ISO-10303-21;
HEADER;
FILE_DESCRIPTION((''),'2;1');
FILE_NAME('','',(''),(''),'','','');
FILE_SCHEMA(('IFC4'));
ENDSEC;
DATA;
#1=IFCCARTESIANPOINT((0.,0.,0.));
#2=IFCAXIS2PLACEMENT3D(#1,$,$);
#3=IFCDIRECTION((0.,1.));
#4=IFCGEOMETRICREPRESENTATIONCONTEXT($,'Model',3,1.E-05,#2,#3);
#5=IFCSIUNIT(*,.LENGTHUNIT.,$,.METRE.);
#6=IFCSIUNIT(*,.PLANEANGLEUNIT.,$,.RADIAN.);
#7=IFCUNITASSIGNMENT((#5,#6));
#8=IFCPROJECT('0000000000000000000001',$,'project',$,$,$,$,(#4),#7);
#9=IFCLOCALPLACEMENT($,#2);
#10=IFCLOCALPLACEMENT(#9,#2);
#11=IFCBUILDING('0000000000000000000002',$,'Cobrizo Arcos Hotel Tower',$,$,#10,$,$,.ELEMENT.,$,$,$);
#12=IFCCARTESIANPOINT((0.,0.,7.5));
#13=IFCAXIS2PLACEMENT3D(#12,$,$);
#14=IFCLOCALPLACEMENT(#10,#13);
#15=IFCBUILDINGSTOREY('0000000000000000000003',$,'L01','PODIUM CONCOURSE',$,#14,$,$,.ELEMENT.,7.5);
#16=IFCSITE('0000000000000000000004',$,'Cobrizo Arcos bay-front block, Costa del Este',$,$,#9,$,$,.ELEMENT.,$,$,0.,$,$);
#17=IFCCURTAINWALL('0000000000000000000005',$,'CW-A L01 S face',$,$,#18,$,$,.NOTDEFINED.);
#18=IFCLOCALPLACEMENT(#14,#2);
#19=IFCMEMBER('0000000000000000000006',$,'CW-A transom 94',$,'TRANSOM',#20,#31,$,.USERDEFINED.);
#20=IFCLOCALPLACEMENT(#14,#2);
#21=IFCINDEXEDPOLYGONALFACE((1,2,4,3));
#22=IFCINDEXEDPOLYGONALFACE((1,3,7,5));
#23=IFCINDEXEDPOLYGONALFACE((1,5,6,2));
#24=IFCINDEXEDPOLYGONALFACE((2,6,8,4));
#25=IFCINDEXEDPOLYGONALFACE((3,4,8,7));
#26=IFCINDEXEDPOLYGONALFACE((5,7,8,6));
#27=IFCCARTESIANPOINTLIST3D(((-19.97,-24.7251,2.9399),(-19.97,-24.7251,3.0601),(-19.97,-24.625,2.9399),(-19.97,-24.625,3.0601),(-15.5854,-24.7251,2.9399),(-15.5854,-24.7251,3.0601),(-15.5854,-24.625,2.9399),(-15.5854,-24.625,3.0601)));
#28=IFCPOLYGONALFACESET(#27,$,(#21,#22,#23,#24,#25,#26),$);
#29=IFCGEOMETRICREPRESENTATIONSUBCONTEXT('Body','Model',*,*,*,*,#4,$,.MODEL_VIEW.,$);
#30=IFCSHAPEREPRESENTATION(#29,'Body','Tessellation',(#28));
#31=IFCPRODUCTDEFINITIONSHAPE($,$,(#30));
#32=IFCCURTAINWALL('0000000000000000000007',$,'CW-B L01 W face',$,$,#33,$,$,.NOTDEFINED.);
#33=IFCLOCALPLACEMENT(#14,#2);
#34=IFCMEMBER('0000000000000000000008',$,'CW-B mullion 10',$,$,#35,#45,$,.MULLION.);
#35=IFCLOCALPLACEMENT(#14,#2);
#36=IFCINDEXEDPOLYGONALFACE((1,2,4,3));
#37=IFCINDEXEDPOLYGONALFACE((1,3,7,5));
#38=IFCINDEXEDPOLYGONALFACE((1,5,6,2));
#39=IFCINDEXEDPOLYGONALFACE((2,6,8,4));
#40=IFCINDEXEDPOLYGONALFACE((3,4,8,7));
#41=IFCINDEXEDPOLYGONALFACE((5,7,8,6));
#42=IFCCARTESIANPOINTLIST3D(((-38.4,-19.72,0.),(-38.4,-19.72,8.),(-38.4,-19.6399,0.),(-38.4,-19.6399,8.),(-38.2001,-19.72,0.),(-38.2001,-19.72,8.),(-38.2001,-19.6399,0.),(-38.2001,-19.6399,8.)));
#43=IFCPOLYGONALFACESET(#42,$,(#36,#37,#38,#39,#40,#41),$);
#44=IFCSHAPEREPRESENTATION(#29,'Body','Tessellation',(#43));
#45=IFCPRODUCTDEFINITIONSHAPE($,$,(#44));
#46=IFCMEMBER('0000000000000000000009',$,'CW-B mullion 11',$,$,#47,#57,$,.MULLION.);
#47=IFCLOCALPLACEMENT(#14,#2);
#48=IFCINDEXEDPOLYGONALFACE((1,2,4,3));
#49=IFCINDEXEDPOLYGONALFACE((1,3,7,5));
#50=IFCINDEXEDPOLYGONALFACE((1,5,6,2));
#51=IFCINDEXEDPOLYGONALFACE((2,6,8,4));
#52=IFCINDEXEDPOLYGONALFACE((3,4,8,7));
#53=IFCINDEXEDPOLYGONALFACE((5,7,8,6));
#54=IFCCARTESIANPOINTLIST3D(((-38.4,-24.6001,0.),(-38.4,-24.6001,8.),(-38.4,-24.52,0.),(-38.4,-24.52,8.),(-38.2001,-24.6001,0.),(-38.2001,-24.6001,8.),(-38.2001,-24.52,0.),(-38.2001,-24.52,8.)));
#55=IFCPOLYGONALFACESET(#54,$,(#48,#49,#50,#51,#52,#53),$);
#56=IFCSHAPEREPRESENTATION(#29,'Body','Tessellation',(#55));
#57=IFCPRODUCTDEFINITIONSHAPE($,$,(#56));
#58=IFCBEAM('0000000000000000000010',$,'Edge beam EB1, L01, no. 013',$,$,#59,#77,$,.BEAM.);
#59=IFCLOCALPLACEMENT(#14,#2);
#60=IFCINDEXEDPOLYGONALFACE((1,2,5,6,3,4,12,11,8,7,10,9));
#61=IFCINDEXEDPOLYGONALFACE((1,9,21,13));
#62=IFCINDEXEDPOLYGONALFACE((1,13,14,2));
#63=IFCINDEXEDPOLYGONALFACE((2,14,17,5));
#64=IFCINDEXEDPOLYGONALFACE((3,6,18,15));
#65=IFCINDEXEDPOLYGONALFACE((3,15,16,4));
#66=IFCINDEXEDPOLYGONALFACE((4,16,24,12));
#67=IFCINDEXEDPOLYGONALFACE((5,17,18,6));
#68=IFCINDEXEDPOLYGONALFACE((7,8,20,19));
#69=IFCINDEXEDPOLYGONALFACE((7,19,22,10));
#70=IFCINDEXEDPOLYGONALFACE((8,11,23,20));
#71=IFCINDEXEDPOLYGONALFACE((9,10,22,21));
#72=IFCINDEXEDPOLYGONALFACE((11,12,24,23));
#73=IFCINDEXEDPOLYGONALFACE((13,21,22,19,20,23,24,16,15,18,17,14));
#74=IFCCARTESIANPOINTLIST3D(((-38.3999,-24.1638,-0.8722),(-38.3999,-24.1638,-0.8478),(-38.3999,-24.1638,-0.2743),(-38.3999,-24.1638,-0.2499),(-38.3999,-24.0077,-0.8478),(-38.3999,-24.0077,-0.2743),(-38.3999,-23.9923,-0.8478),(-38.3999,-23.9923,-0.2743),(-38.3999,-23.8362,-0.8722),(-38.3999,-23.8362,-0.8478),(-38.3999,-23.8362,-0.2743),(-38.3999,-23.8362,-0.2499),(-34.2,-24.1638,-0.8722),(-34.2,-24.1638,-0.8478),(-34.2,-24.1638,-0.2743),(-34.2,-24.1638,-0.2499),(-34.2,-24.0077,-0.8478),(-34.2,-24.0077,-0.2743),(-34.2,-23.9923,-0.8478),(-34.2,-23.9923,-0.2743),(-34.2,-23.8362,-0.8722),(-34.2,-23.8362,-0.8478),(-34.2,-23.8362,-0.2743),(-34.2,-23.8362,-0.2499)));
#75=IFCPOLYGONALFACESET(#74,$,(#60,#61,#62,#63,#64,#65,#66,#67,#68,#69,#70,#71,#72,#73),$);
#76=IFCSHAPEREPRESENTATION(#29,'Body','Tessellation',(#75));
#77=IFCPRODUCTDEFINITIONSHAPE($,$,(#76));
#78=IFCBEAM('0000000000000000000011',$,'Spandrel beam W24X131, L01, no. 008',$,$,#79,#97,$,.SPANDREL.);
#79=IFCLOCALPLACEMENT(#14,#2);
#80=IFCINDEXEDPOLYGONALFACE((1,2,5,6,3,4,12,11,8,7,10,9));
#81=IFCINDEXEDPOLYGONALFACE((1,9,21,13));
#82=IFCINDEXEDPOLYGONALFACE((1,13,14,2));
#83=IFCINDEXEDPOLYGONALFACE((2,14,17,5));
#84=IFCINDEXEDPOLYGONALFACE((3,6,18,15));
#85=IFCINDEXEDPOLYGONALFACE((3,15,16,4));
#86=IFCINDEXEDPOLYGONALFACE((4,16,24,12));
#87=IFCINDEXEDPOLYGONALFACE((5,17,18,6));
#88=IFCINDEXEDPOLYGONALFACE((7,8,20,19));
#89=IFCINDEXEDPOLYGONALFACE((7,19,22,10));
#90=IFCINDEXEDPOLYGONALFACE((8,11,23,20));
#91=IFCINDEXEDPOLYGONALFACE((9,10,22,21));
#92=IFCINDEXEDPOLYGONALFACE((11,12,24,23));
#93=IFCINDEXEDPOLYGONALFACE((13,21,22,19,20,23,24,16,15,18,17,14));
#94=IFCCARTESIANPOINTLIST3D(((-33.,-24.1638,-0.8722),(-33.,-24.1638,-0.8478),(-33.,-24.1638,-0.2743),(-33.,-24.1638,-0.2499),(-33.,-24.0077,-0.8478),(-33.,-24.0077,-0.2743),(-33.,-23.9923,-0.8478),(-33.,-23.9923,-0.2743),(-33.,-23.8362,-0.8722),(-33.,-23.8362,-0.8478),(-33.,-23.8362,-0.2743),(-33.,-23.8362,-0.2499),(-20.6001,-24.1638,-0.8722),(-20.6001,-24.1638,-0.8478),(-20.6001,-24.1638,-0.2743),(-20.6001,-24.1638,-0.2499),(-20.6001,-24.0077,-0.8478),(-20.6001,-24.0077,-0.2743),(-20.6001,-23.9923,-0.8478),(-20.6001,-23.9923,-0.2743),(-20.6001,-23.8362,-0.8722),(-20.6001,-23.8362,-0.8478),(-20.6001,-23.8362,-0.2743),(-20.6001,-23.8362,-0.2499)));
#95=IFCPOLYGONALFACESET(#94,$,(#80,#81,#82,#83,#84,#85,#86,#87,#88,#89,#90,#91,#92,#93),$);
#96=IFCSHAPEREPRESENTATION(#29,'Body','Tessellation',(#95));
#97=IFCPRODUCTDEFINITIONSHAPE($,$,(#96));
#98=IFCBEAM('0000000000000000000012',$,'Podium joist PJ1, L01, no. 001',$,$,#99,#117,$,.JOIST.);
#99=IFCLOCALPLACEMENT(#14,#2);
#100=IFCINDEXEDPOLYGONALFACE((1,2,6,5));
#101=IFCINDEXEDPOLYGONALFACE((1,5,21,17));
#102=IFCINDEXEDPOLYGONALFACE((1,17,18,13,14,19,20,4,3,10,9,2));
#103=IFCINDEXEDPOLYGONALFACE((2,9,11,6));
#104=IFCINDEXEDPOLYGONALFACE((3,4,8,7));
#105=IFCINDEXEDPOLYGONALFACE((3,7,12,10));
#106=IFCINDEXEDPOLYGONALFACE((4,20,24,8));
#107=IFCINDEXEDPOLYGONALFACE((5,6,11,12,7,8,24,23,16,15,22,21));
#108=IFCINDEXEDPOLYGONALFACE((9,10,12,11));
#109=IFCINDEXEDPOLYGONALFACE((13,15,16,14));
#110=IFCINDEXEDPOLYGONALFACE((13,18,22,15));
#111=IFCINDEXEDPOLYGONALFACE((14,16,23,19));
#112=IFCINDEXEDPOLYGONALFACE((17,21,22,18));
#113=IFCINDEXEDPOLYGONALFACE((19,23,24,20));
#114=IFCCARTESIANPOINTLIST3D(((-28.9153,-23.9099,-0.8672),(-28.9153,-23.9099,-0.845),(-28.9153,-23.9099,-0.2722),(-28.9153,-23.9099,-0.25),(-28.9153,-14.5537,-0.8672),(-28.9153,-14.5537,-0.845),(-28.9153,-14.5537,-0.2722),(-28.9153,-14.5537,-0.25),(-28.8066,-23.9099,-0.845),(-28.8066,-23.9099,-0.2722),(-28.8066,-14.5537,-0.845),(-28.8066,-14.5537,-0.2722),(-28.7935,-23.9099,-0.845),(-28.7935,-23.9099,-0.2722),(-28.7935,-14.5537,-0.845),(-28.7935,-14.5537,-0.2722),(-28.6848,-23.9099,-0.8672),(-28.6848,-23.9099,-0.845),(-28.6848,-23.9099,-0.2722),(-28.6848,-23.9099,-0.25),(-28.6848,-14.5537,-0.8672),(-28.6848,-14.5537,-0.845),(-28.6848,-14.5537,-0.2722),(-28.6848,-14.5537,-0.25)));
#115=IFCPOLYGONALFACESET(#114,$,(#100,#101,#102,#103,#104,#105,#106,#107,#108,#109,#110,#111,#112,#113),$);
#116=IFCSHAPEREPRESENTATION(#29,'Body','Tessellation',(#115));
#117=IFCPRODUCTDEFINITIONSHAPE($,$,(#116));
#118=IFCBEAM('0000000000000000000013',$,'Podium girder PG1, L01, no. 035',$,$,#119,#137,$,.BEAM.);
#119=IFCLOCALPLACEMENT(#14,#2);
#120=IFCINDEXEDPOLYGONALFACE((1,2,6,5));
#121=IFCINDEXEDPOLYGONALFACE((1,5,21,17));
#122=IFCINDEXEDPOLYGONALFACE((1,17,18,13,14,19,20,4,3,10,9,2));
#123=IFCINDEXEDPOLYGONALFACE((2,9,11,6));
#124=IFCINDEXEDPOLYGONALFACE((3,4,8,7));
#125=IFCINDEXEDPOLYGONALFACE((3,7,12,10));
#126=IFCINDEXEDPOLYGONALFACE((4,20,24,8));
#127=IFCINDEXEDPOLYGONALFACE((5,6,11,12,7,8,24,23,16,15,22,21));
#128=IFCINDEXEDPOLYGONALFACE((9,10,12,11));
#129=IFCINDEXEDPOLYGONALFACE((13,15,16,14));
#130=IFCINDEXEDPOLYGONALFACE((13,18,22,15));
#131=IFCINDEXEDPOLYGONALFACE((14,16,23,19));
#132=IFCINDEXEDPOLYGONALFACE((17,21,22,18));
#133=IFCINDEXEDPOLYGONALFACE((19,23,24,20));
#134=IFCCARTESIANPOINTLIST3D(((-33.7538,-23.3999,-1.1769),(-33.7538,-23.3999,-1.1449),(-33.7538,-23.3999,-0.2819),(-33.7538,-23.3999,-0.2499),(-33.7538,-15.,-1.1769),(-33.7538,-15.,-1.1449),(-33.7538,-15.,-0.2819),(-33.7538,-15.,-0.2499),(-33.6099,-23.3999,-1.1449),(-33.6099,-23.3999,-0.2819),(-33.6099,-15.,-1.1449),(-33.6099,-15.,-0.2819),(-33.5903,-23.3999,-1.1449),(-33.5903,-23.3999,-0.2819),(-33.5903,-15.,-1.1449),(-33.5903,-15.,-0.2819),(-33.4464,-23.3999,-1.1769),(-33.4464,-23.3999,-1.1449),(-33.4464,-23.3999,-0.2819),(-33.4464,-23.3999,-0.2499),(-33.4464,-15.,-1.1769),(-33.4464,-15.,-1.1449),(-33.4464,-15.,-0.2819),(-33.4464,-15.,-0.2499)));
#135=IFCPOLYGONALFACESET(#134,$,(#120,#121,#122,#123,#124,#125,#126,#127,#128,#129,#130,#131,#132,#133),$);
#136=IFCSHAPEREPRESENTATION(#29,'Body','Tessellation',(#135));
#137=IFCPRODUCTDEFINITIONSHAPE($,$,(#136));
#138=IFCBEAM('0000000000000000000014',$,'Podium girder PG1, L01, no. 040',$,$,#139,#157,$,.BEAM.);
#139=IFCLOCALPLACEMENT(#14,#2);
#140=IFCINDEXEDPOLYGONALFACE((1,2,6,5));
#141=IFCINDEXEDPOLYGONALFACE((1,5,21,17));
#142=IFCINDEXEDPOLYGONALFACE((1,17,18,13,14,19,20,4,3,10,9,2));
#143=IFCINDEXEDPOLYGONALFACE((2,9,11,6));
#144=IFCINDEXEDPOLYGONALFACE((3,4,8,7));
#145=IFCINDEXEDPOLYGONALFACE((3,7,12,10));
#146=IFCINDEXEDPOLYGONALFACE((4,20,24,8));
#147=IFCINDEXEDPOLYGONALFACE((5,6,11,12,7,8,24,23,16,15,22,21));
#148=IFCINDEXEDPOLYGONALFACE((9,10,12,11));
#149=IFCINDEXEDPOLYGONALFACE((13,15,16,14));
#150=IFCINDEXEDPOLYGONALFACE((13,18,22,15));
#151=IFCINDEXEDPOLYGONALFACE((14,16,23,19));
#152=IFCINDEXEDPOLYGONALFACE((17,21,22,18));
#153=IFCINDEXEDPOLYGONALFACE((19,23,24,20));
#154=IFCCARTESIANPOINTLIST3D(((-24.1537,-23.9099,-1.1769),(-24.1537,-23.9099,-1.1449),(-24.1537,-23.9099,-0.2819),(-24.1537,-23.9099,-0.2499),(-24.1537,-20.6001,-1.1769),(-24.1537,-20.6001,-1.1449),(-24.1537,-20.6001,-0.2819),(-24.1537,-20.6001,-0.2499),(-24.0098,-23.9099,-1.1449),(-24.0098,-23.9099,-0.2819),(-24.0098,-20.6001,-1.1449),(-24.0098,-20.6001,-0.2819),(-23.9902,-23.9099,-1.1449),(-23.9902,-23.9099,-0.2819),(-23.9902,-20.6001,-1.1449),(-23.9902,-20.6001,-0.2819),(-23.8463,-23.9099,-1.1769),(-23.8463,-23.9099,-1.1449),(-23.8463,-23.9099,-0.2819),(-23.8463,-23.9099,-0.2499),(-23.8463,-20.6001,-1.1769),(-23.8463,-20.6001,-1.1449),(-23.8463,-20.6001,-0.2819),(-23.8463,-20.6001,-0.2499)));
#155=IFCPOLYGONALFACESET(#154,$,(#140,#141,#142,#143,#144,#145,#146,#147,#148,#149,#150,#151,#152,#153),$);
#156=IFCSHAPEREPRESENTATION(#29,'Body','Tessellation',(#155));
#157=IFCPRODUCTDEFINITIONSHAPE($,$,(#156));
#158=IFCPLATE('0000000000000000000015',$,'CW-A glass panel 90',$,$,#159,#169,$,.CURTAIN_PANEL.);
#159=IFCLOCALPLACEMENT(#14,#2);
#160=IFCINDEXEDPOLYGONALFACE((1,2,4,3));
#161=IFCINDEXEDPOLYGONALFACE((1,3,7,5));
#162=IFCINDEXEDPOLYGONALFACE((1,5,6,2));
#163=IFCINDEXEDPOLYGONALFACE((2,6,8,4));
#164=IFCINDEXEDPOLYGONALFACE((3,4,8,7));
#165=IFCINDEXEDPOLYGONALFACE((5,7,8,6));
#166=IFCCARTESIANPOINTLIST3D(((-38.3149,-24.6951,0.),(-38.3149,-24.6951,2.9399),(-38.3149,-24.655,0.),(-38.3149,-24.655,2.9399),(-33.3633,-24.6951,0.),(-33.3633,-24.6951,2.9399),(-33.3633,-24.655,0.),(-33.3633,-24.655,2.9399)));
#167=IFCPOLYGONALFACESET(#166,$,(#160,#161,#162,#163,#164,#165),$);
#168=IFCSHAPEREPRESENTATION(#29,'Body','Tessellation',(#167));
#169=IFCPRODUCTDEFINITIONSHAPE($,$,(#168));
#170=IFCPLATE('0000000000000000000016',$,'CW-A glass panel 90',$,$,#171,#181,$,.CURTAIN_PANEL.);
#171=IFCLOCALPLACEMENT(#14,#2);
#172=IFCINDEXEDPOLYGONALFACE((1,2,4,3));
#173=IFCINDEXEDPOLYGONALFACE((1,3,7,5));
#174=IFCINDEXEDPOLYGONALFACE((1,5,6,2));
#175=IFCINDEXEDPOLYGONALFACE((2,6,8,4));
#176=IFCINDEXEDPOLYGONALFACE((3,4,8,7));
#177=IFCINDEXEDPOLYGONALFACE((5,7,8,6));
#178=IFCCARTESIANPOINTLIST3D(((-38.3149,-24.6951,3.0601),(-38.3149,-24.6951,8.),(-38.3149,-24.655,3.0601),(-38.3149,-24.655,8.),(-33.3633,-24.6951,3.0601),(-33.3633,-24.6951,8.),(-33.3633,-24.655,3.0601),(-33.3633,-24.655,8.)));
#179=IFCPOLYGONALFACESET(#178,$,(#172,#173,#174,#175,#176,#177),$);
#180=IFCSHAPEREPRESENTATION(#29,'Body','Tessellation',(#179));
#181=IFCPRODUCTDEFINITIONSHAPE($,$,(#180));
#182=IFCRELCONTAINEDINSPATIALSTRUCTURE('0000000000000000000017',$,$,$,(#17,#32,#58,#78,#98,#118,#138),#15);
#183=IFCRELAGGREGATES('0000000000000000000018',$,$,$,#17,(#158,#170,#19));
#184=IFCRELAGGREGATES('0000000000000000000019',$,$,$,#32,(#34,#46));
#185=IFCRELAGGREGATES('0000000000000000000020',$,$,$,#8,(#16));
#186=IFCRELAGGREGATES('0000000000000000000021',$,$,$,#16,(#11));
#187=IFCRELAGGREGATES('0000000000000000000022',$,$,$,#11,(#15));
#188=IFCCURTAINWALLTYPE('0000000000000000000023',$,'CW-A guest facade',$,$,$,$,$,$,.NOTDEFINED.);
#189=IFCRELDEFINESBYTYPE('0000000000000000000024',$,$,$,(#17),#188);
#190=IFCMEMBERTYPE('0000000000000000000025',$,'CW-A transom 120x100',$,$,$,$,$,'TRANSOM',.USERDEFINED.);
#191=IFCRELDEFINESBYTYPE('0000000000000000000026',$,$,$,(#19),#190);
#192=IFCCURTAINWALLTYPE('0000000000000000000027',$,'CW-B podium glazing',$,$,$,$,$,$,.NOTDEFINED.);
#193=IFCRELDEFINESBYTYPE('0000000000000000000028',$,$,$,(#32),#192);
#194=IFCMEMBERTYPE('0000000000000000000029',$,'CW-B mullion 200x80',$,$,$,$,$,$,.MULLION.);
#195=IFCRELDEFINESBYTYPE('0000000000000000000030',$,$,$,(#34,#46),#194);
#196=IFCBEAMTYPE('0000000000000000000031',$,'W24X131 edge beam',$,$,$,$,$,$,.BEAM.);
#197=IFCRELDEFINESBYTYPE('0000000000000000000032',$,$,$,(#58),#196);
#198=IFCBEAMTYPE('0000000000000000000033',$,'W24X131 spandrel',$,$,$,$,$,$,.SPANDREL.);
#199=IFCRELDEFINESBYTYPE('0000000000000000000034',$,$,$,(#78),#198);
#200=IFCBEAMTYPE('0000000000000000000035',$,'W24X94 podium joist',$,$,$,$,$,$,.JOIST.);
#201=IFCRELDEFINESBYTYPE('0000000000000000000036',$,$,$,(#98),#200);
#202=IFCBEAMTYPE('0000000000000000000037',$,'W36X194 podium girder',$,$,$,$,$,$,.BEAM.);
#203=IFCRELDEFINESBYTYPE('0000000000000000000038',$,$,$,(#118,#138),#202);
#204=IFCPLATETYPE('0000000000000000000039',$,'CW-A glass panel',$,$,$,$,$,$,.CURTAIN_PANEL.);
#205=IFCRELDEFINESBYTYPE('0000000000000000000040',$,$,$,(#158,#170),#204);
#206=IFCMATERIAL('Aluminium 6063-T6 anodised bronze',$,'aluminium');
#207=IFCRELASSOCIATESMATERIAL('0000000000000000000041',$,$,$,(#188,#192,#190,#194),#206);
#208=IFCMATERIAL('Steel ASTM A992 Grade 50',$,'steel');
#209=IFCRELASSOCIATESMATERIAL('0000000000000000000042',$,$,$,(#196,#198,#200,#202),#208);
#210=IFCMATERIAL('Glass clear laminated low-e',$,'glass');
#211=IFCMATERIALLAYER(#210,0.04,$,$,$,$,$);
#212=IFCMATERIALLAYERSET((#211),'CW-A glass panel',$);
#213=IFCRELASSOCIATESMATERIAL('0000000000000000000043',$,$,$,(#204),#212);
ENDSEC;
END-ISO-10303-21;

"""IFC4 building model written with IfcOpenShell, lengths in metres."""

from ifc_helpers import new_model, si_unit, direction, frame, origin, origin_2d, place, context, subcontext, project, spatial, rectangle, i_section, extrude, material, layer, layer_set, material_profile, profile_set, type_object, element, aggregate, save


model = new_model("IFC4")

# Units and contexts
model_context = context("Model", 3, precision=1e-05, world=origin(), true_north=direction((0.0, 1.0)))
body_context = subcontext(model_context, "Body", "Model", "MODEL_VIEW")
ifc_project = project(units=[si_unit("LENGTHUNIT", "METRE"), si_unit("PLANEANGLEUNIT", "RADIAN")], contexts=[model_context])

# Site, building, storey
site_placement = place(None, origin())
site = spatial("IfcSite", under=ifc_project, at=site_placement, Name="Cobrizo Arcos bay-front block, Costa del Este", CompositionType="ELEMENT", RefElevation=0.0)
building_placement = place(site_placement, origin())
building = spatial("IfcBuilding", under=site, at=building_placement, Name="Cobrizo Arcos Hotel Tower", CompositionType="ELEMENT")
storey_placement = place(building_placement, frame((0.0, 0.0, 7.5)))
storey = spatial("IfcBuildingStorey", under=building, at=storey_placement, Name="L01", Description="PODIUM CONCOURSE", CompositionType="ELEMENT", Elevation=7.5)

# Curtain walls, members
ifc_material_1 = material(Name="Aluminium 6063-T6 anodised bronze", Category="aluminium")
curtain_wall_type_1 = type_object("IfcCurtainWallType", Name="CW-A guest facade", PredefinedType="NOTDEFINED", material=ifc_material_1)
curtain_wall_1_placement = place(storey_placement, origin())
curtain_wall_1 = element("IfcCurtainWall", 1, at=curtain_wall_1_placement, inside=storey, type_object=curtain_wall_type_1, Name="CW-A L01 S face", PredefinedType="NOTDEFINED")
ifc_material_profile_1 = material_profile(ifc_material_1, rectangle(XDim=0.1001, YDim=0.1201, at=origin_2d()), Name="CW-A transom 120x100")
ifc_profile_set_1 = profile_set([ifc_material_profile_1], Name="Aluminium 6063-T6 anodised bronze")
member_type_1 = type_object("IfcMemberType", Name="CW-A transom 120x100", ElementType="TRANSOM", PredefinedType="USERDEFINED", material=ifc_profile_set_1)
member_1_placement = place(storey_placement, frame((-19.97, -24.675, 3.0), z_axis=(1.0, 0.0, 0.0), x_axis=(0.0, 1.0, 0.0)))
member_1 = element("IfcMember", 2, at=member_1_placement, type_object=member_type_1, Name="CW-A transom 94", ObjectType="TRANSOM", PredefinedType="USERDEFINED", context=body_context, shape_type="SweptSolid", body=[
    extrude(rectangle(XDim=0.1001, YDim=0.1201, at=origin_2d()), origin(), (0.0, 0.0, 1.0), 4.3845),
])
curtain_wall_type_2 = type_object("IfcCurtainWallType", Name="CW-B podium glazing", PredefinedType="NOTDEFINED", material=ifc_material_1)
curtain_wall_2_placement = place(storey_placement, origin())
curtain_wall_2 = element("IfcCurtainWall", 3, at=curtain_wall_2_placement, inside=storey, type_object=curtain_wall_type_2, Name="CW-B L01 W face", PredefinedType="NOTDEFINED")
ifc_material_profile_2 = material_profile(ifc_material_1, rectangle(XDim=0.2, YDim=0.0801, at=origin_2d()), Name="CW-B mullion 200x80")
ifc_profile_set_2 = profile_set([ifc_material_profile_2], Name="Aluminium 6063-T6 anodised bronze")
member_type_2 = type_object("IfcMemberType", Name="CW-B mullion 200x80", PredefinedType="MULLION", material=ifc_profile_set_2)
member_2_placement = place(storey_placement, frame((-38.3, -19.6799, 0.0), z_axis=(0.0, 0.0, 1.0), x_axis=(-1.0, 0.0, 0.0)))
member_2 = element("IfcMember", 4, at=member_2_placement, type_object=member_type_2, Name="CW-B mullion 10", PredefinedType="MULLION", context=body_context, shape_type="SweptSolid", body=[
    extrude(rectangle(XDim=0.2, YDim=0.0801, at=origin_2d()), origin(), (0.0, 0.0, 1.0), 8.0),
])
member_3_placement = place(storey_placement, frame((-38.3, -24.5601, 0.0), z_axis=(0.0, 0.0, 1.0), x_axis=(-1.0, 0.0, 0.0)))
member_3 = element("IfcMember", 5, at=member_3_placement, type_object=member_type_2, Name="CW-B mullion 11", PredefinedType="MULLION", context=body_context, shape_type="SweptSolid", body=[
    extrude(rectangle(XDim=0.2, YDim=0.0801, at=origin_2d()), origin(), (0.0, 0.0, 1.0), 8.0),
])

# Beams
ifc_material_2 = material(Name="Steel ASTM A992 Grade 50", Category="steel")
ifc_material_profile_3 = material_profile(ifc_material_2, i_section(OverallWidth=0.3276, OverallDepth=0.6223, WebThickness=0.0154, FlangeThickness=0.0244, at=origin_2d()), Name="W24X131")
ifc_profile_set_3 = profile_set([ifc_material_profile_3], Name="Steel ASTM A992 Grade 50")
beam_type_1 = type_object("IfcBeamType", Name="W24X131 edge beam", PredefinedType="BEAM", material=ifc_profile_set_3)
beam_1_placement = place(storey_placement, frame((-38.3999, -24.0, -0.561), z_axis=(1.0, 0.0, 0.0), x_axis=(0.0, 1.0, 0.0)))
element("IfcBeam", 6, at=beam_1_placement, inside=storey, type_object=beam_type_1, Name="Edge beam EB1, L01, no. 013", PredefinedType="BEAM", context=body_context, shape_type="SweptSolid", body=[
    extrude(i_section(OverallWidth=0.3276, OverallDepth=0.6223, WebThickness=0.0154, FlangeThickness=0.0244, at=origin_2d()), origin(), (0.0, 0.0, 1.0), 4.2),
])
ifc_material_profile_4 = material_profile(ifc_material_2, i_section(OverallWidth=0.3276, OverallDepth=0.6223, WebThickness=0.0154, FlangeThickness=0.0244, at=origin_2d()), Name="W24X131")
ifc_profile_set_4 = profile_set([ifc_material_profile_4], Name="Steel ASTM A992 Grade 50")
beam_type_2 = type_object("IfcBeamType", Name="W24X131 spandrel", PredefinedType="SPANDREL", material=ifc_profile_set_4)
beam_2_placement = place(storey_placement, frame((-33.0, -24.0, -0.561), z_axis=(1.0, 0.0, 0.0), x_axis=(0.0, 1.0, 0.0)))
element("IfcBeam", 7, at=beam_2_placement, inside=storey, type_object=beam_type_2, Name="Spandrel beam W24X131, L01, no. 008", PredefinedType="SPANDREL", context=body_context, shape_type="SweptSolid", body=[
    extrude(i_section(OverallWidth=0.3276, OverallDepth=0.6223, WebThickness=0.0154, FlangeThickness=0.0244, at=origin_2d()), origin(), (0.0, 0.0, 1.0), 12.3999),
])
ifc_material_profile_5 = material_profile(ifc_material_2, i_section(OverallWidth=0.2305, OverallDepth=0.6172, WebThickness=0.0132, FlangeThickness=0.0222, at=origin_2d()), Name="W24X94")
ifc_profile_set_5 = profile_set([ifc_material_profile_5], Name="Steel ASTM A992 Grade 50")
beam_type_3 = type_object("IfcBeamType", Name="W24X94 podium joist", PredefinedType="JOIST", material=ifc_profile_set_5)
beam_3_placement = place(storey_placement, frame((-28.8, -23.9099, -0.5586), z_axis=(0.0, 1.0, 0.0), x_axis=(-1.0, 0.0, 0.0)))
element("IfcBeam", 8, at=beam_3_placement, inside=storey, type_object=beam_type_3, Name="Podium joist PJ1, L01, no. 001", PredefinedType="JOIST", context=body_context, shape_type="SweptSolid", body=[
    extrude(i_section(OverallWidth=0.2305, OverallDepth=0.6172, WebThickness=0.0132, FlangeThickness=0.0222, at=origin_2d()), origin(), (0.0, 0.0, 1.0), 9.3562),
])
ifc_material_profile_6 = material_profile(ifc_material_2, i_section(OverallWidth=0.3074, OverallDepth=0.927, WebThickness=0.0195, FlangeThickness=0.032, at=origin_2d()), Name="W36X194")
ifc_profile_set_6 = profile_set([ifc_material_profile_6], Name="Steel ASTM A992 Grade 50")
beam_type_4 = type_object("IfcBeamType", Name="W36X194 podium girder", PredefinedType="BEAM", material=ifc_profile_set_6)
beam_4_placement = place(storey_placement, frame((-33.6001, -23.3999, -0.7134), z_axis=(0.0, 1.0, 0.0), x_axis=(-1.0, 0.0, 0.0)))
element("IfcBeam", 9, at=beam_4_placement, inside=storey, type_object=beam_type_4, Name="Podium girder PG1, L01, no. 035", PredefinedType="BEAM", context=body_context, shape_type="SweptSolid", body=[
    extrude(i_section(OverallWidth=0.3074, OverallDepth=0.927, WebThickness=0.0195, FlangeThickness=0.032, at=origin_2d()), origin(), (0.0, 0.0, 1.0), 8.3999),
])
beam_5_placement = place(storey_placement, frame((-24.0, -23.9099, -0.7134), z_axis=(0.0, 1.0, 0.0), x_axis=(-1.0, 0.0, 0.0)))
element("IfcBeam", 10, at=beam_5_placement, inside=storey, type_object=beam_type_4, Name="Podium girder PG1, L01, no. 040", PredefinedType="BEAM", context=body_context, shape_type="SweptSolid", body=[
    extrude(i_section(OverallWidth=0.3074, OverallDepth=0.927, WebThickness=0.0195, FlangeThickness=0.032, at=origin_2d()), origin(), (0.0, 0.0, 1.0), 3.3098),
])

# Plates
ifc_material_3 = material(Name="Glass clear laminated low-e", Category="glass")
ifc_layer_1 = layer(ifc_material_3, 0.04)
ifc_layer_set_1 = layer_set([ifc_layer_1], Name="CW-A glass panel")
plate_type_1 = type_object("IfcPlateType", Name="CW-A glass panel", PredefinedType="CURTAIN_PANEL", material=ifc_layer_set_1)
plate_1_placement = place(storey_placement, frame((-35.8391, -24.675, 0.0), z_axis=(0.0, 0.0, 1.0), x_axis=(1.0, 0.0, 0.0)))
plate_1 = element("IfcPlate", 11, at=plate_1_placement, type_object=plate_type_1, Name="CW-A glass panel 90", PredefinedType="CURTAIN_PANEL", context=body_context, shape_type="SweptSolid", body=[
    extrude(rectangle(XDim=4.9517, YDim=0.04, at=origin_2d()), origin(), (0.0, 0.0, 1.0), 2.9399),
])
plate_2_placement = place(storey_placement, frame((-35.8391, -24.675, 3.0601), z_axis=(0.0, 0.0, 1.0), x_axis=(1.0, 0.0, 0.0)))
plate_2 = element("IfcPlate", 12, at=plate_2_placement, type_object=plate_type_1, Name="CW-A glass panel 90", PredefinedType="CURTAIN_PANEL", context=body_context, shape_type="SweptSolid", body=[
    extrude(rectangle(XDim=4.9517, YDim=0.04, at=origin_2d()), origin(), (0.0, 0.0, 1.0), 4.9399),
])
aggregate(curtain_wall_1, [plate_1, plate_2, member_1])
aggregate(curtain_wall_2, [member_2, member_3])

save(model, "model.ifc")
